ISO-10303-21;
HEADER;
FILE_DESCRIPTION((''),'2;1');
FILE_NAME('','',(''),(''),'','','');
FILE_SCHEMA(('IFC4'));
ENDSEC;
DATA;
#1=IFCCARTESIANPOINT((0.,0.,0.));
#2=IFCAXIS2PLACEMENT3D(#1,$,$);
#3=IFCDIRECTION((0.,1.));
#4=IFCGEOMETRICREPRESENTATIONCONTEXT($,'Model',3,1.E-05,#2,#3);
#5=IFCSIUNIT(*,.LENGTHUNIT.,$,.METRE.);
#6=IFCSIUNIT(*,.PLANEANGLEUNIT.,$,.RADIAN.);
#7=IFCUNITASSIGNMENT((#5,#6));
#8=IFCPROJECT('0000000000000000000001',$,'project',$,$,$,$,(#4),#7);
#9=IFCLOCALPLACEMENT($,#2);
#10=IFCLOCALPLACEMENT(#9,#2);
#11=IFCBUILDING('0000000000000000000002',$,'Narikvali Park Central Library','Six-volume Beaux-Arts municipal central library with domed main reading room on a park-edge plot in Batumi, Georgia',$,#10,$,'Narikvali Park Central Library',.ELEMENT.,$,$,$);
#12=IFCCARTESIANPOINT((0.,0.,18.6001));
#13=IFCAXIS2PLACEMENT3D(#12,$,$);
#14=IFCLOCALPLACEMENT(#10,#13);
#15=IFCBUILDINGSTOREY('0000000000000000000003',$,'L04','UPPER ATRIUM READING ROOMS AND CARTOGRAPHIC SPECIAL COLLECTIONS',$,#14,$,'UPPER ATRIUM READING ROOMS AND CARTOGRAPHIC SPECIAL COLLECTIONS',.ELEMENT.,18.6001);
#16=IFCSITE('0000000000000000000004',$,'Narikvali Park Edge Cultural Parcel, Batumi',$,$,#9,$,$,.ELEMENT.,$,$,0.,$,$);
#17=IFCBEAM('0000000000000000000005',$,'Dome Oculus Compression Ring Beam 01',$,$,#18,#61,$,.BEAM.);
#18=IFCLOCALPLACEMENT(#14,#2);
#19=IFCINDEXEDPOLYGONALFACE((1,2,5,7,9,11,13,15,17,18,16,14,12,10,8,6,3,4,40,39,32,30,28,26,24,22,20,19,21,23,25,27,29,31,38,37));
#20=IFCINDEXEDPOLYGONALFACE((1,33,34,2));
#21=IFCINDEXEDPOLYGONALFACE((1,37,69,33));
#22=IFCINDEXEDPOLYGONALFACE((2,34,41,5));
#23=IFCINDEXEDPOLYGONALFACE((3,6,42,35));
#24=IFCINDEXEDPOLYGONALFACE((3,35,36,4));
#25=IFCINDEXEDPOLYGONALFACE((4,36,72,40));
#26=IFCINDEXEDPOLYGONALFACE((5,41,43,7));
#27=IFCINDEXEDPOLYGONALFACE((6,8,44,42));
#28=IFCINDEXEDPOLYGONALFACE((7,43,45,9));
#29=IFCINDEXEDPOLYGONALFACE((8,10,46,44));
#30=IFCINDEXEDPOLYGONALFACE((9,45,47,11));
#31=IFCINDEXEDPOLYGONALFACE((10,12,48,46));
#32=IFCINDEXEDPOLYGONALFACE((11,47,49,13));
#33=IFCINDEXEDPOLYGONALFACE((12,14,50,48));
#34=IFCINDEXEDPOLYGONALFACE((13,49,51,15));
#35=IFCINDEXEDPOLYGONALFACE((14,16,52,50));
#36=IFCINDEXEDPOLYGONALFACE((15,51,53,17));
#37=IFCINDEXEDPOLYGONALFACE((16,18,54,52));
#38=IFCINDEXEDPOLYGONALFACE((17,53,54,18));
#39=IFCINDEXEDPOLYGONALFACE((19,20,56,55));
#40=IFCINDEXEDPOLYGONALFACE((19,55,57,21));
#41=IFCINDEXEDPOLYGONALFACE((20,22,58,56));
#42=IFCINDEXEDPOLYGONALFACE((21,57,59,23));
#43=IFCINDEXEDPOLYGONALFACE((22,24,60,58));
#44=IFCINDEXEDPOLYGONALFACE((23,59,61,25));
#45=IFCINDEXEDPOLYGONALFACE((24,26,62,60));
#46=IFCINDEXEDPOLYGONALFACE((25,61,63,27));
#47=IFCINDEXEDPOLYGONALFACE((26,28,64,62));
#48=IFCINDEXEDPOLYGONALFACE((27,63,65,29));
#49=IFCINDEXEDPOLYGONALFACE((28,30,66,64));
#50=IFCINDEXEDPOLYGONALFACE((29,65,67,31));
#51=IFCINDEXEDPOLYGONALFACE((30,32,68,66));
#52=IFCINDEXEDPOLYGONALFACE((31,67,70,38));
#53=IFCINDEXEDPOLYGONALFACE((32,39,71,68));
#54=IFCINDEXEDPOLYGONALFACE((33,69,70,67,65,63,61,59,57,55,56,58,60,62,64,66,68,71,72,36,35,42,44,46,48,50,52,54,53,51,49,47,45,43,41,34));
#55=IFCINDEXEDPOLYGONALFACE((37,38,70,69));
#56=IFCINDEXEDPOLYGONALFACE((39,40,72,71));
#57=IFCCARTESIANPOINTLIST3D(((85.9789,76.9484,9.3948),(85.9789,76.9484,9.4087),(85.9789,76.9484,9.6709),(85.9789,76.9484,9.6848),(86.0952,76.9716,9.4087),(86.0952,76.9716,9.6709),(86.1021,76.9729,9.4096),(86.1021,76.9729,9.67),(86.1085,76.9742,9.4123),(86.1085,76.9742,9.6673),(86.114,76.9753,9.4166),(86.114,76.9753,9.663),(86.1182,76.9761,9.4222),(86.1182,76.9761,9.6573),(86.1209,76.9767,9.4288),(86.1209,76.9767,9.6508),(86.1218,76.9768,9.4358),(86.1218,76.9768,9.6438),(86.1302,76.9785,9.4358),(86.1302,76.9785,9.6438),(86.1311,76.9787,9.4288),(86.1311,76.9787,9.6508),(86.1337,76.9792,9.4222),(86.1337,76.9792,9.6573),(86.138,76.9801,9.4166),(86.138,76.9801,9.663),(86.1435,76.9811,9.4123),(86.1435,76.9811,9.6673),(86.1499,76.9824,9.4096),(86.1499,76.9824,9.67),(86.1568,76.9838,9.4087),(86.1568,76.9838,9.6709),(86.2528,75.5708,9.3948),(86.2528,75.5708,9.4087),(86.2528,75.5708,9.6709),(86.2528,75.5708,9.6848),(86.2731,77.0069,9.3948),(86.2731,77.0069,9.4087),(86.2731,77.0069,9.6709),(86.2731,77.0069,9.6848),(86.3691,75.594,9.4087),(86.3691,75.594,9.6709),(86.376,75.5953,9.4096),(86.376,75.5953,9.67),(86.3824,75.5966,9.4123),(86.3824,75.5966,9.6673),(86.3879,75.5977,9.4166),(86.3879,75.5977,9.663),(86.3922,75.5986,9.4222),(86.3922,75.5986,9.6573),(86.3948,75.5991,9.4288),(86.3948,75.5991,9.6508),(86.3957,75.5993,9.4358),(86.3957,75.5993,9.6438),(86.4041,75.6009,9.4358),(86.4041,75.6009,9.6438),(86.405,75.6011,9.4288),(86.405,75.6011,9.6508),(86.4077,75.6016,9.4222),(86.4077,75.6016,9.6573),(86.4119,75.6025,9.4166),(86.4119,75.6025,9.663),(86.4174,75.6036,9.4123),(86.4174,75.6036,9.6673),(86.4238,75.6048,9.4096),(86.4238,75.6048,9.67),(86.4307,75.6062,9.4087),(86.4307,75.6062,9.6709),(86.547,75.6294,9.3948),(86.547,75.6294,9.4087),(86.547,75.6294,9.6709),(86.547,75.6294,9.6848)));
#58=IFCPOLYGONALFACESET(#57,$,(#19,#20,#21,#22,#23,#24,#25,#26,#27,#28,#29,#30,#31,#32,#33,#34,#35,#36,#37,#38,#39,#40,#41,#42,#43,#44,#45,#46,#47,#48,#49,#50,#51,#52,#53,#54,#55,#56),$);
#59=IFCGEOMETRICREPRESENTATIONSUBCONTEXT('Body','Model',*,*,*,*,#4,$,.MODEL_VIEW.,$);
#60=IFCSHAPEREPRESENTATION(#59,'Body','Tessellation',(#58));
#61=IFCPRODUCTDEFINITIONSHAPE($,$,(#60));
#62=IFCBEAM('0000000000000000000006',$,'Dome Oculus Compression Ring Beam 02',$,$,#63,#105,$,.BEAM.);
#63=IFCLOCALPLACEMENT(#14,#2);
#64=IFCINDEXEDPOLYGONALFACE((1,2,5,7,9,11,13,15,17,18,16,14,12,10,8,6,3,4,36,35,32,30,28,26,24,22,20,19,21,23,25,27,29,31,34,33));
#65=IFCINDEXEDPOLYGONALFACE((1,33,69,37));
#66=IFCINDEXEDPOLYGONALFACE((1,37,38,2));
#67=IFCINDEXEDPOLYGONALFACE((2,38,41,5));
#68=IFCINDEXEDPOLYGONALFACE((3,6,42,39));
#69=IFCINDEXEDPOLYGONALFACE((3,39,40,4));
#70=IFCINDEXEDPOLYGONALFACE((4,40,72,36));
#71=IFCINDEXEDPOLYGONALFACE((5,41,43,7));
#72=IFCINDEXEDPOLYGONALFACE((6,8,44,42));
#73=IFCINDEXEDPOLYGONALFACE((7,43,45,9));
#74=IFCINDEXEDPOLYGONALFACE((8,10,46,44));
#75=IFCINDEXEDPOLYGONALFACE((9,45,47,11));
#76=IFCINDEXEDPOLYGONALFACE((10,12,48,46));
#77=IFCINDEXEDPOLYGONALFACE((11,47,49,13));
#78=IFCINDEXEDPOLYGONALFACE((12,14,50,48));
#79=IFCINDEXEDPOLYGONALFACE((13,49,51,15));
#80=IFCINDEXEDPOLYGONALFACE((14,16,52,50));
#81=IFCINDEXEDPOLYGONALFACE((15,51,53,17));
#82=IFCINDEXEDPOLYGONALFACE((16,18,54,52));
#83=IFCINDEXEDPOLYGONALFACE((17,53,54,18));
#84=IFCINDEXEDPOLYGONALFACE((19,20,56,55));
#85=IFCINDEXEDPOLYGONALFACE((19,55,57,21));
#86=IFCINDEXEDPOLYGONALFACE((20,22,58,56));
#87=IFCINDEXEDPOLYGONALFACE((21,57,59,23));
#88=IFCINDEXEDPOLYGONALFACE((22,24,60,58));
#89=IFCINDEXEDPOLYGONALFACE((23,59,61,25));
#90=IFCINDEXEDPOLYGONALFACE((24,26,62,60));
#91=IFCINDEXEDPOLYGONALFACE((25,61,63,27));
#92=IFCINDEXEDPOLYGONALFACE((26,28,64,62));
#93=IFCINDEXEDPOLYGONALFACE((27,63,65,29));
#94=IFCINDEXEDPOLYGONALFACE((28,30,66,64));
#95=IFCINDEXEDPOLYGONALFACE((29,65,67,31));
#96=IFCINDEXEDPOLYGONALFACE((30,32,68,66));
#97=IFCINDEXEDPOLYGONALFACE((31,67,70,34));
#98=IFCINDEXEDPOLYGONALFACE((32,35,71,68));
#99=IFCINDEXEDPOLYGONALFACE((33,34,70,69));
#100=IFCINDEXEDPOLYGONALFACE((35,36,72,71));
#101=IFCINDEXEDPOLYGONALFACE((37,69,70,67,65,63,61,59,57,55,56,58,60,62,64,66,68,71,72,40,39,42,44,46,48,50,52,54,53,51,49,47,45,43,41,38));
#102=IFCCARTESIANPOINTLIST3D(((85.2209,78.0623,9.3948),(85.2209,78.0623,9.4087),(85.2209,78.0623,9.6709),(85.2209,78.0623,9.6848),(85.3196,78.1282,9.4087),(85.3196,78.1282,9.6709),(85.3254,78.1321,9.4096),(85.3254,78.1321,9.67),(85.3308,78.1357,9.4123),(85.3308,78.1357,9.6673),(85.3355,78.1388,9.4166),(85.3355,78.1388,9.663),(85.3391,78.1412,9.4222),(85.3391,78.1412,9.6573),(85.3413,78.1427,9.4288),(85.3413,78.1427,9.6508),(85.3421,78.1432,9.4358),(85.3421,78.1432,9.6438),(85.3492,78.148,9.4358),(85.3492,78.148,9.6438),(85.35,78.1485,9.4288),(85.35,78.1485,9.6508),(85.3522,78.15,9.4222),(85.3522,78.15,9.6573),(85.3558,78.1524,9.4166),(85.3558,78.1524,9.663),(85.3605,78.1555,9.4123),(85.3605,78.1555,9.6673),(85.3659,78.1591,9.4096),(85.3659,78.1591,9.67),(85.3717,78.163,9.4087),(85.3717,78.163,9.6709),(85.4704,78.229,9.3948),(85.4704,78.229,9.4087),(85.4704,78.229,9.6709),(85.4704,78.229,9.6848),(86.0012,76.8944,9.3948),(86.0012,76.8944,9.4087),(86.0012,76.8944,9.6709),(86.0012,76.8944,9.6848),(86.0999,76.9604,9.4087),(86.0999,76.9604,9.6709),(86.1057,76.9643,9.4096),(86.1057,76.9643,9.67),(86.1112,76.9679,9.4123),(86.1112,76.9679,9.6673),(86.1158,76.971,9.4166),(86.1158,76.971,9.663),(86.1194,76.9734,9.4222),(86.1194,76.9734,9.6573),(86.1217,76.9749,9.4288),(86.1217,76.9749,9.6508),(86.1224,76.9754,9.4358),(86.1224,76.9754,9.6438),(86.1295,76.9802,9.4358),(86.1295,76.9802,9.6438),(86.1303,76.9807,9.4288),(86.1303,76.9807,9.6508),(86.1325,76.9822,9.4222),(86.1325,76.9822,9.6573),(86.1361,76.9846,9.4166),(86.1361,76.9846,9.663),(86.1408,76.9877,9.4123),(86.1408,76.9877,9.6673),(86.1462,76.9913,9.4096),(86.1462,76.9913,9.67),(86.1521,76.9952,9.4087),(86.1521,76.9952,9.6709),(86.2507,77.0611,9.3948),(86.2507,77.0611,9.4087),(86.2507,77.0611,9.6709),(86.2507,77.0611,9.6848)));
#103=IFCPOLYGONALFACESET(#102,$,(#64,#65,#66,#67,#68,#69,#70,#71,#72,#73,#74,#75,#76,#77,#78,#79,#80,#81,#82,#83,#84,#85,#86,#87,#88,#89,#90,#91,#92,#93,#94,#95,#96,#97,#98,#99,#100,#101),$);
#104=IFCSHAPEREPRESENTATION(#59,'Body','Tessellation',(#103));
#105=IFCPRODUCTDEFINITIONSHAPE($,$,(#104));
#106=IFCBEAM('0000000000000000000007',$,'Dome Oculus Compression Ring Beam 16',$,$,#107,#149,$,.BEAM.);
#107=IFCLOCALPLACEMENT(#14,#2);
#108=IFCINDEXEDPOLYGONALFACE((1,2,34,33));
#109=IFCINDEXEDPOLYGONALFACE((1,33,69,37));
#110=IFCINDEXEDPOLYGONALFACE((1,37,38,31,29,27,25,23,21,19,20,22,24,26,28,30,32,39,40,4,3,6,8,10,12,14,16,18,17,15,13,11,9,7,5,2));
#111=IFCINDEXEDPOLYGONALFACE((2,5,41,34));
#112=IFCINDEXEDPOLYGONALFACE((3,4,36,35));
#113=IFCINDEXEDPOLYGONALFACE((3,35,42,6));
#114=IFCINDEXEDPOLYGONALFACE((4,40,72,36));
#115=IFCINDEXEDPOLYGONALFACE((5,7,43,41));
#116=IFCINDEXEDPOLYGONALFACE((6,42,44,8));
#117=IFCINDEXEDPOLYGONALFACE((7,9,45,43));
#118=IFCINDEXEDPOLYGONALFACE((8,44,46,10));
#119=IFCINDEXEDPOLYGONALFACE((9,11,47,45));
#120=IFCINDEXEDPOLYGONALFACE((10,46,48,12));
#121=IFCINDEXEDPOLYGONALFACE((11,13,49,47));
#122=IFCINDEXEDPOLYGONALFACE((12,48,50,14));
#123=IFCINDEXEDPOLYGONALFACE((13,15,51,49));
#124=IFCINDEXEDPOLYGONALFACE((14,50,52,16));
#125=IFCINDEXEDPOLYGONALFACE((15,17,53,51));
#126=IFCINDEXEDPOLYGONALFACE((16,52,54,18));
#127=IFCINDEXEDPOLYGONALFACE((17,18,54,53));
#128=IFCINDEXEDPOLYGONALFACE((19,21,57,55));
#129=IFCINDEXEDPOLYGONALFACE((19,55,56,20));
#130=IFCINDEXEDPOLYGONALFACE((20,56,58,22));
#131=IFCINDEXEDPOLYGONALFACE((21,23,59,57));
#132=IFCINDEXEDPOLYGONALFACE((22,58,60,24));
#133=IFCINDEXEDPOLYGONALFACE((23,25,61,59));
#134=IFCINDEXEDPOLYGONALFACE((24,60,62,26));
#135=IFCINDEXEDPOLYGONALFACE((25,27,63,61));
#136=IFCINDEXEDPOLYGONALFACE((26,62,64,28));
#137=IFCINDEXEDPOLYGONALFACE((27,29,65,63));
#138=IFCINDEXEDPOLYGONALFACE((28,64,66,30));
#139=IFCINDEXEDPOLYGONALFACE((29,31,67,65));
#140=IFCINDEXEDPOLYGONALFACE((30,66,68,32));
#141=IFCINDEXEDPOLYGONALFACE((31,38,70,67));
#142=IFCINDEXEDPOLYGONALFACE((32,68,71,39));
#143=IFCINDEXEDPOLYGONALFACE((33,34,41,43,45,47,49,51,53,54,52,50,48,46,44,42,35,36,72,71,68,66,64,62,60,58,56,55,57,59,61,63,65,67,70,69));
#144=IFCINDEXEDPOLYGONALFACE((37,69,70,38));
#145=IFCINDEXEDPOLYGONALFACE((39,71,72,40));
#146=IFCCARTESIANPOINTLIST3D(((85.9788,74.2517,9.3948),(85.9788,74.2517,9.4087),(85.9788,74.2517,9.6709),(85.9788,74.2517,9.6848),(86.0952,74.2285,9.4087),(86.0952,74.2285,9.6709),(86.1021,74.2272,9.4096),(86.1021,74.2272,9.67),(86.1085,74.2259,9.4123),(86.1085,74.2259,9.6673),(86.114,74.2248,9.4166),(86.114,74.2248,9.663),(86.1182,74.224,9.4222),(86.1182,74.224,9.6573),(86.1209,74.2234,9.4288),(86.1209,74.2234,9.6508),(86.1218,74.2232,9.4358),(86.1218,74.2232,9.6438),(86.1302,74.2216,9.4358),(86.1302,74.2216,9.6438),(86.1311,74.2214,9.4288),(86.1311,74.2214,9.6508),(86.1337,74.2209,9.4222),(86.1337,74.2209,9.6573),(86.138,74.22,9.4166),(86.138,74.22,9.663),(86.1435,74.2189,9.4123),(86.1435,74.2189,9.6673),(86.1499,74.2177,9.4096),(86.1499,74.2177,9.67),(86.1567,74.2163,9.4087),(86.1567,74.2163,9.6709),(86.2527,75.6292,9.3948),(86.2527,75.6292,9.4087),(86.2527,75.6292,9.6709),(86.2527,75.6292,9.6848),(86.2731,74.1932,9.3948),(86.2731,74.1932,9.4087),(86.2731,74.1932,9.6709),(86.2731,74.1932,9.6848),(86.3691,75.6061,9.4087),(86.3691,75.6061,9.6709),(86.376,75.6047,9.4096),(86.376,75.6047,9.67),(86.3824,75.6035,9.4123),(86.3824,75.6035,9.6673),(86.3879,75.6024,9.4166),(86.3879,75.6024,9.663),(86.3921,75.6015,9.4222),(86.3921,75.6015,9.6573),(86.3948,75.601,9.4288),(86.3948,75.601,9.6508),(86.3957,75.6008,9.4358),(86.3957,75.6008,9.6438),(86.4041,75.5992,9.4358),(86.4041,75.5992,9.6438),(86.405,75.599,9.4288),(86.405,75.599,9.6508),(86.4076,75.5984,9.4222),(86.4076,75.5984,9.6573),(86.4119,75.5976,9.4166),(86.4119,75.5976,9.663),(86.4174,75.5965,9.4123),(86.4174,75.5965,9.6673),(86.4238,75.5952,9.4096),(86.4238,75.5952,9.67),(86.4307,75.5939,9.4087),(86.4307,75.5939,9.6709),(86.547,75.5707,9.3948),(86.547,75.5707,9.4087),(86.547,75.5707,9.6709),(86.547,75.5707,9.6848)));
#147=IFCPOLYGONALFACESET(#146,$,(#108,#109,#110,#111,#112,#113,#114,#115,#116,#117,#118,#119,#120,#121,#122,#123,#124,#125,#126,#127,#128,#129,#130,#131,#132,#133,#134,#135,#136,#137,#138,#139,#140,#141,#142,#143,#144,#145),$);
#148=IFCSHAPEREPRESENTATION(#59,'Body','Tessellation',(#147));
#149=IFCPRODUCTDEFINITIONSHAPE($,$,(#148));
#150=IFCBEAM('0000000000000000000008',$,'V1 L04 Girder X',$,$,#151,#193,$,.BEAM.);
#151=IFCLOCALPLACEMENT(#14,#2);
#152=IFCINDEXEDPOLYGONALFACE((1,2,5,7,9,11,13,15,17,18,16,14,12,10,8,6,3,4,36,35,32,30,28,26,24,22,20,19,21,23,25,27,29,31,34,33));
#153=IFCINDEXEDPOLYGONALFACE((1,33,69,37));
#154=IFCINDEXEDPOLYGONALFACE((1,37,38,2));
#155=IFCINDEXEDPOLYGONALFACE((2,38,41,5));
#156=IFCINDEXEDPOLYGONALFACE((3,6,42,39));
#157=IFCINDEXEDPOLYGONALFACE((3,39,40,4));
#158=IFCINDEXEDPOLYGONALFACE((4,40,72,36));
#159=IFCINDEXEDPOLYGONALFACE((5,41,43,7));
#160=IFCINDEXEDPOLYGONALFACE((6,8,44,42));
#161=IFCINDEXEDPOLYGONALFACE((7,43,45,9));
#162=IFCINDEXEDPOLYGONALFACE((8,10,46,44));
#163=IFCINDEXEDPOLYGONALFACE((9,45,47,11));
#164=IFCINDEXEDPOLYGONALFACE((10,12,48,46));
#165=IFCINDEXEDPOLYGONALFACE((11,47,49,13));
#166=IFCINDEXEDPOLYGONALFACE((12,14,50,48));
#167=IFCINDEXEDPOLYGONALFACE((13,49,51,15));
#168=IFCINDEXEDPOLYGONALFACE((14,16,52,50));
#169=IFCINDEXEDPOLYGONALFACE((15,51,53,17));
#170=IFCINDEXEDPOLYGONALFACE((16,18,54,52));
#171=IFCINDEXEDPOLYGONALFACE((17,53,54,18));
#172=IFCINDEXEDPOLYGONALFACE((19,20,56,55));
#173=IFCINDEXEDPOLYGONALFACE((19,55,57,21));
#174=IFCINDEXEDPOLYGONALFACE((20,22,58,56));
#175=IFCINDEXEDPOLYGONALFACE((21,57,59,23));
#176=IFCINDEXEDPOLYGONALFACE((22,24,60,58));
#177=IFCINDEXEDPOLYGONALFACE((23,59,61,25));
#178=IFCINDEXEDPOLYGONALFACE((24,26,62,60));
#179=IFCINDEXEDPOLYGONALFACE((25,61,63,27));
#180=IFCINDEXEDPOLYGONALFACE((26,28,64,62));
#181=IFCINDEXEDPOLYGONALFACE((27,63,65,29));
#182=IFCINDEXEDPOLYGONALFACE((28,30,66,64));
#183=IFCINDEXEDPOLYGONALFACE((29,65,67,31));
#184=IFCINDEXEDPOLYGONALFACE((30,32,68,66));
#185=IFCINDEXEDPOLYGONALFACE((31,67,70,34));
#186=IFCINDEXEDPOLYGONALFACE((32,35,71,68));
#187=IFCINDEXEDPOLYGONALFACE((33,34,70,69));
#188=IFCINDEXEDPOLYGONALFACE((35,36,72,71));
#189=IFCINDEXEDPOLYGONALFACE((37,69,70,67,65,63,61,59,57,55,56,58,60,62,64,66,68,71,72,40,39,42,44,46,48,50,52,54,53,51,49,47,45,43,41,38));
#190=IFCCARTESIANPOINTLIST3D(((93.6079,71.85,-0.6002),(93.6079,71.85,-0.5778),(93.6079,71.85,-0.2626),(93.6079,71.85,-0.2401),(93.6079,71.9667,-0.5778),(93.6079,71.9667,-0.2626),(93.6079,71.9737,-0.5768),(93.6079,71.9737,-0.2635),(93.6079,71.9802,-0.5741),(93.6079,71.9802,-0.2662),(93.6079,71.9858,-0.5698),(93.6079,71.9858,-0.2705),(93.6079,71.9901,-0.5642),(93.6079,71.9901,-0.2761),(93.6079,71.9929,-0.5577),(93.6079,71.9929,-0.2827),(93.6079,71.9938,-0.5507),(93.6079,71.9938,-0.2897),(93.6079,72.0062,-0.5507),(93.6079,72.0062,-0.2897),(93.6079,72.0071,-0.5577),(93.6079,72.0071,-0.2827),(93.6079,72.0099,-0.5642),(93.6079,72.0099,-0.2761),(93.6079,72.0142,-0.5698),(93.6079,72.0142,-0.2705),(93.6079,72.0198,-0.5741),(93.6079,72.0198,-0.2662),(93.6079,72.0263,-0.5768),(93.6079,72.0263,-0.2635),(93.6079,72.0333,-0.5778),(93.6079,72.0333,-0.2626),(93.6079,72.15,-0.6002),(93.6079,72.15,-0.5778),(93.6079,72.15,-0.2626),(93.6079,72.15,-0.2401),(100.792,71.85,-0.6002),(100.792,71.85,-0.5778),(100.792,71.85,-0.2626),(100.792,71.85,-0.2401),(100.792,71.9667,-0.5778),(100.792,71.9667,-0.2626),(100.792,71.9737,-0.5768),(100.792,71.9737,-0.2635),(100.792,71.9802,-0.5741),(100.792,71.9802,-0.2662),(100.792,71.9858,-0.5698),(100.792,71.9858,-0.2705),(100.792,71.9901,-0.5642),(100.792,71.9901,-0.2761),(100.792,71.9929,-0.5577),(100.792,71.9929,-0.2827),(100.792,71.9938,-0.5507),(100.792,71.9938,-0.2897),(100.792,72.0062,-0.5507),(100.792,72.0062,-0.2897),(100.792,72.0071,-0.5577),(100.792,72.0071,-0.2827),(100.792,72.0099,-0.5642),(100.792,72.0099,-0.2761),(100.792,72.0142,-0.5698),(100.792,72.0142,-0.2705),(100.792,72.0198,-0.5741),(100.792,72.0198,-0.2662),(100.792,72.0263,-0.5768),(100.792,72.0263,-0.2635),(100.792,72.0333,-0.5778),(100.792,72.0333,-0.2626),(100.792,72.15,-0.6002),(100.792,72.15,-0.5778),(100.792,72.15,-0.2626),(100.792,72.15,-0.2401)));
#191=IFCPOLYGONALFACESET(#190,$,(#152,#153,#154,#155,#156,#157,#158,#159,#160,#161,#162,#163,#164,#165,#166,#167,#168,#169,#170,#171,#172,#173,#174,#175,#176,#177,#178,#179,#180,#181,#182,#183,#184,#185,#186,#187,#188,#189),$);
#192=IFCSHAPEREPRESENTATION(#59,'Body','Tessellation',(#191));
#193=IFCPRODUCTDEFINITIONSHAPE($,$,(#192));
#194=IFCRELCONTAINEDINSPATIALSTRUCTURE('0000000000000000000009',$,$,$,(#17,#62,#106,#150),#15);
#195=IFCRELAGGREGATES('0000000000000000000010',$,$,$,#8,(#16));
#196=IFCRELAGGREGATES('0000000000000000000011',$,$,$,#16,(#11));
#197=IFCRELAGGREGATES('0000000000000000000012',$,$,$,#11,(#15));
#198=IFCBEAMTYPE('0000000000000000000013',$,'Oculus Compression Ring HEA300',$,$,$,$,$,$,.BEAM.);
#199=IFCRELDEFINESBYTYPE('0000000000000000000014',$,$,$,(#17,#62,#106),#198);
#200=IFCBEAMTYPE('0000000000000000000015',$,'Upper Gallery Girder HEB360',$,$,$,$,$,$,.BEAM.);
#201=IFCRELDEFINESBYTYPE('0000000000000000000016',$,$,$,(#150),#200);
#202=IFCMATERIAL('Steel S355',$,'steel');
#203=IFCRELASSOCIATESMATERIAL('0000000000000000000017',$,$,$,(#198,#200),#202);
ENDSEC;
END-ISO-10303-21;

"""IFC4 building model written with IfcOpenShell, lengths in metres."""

from ifc_helpers import new_model, si_unit, direction, frame, origin, origin_2d, place, context, subcontext, project, spatial, i_section, extrude, material, material_profile, profile_set, type_object, element, save


model = new_model("IFC4")

# Units and contexts
model_context = context("Model", 3, precision=1e-05, world=origin(), true_north=direction((0.0, 1.0)))
body_context = subcontext(model_context, "Body", "Model", "MODEL_VIEW")
ifc_project = project(units=[si_unit("LENGTHUNIT", "METRE"), si_unit("PLANEANGLEUNIT", "RADIAN")], contexts=[model_context])

# Site, building, storey
site_placement = place(None, origin())
site = spatial("IfcSite", under=ifc_project, at=site_placement, Name="Narikvali Park Edge Cultural Parcel, Batumi", CompositionType="ELEMENT", RefElevation=0.0)
building_placement = place(site_placement, origin())
building = spatial("IfcBuilding", under=site, at=building_placement, Name="Narikvali Park Central Library", Description="Six-volume Beaux-Arts municipal central library with domed main reading room on a park-edge plot in Batumi, Georgia", LongName="Narikvali Park Central Library", CompositionType="ELEMENT")
storey_placement = place(building_placement, frame((0.0, 0.0, 18.6001)))
storey = spatial("IfcBuildingStorey", under=building, at=storey_placement, Name="L04", Description="UPPER ATRIUM READING ROOMS AND CARTOGRAPHIC SPECIAL COLLECTIONS", LongName="UPPER ATRIUM READING ROOMS AND CARTOGRAPHIC SPECIAL COLLECTIONS", CompositionType="ELEMENT", Elevation=18.6001)

# Shared definitions
ifc_material_1 = material(Name="Steel S355", Category="steel")

# Beams
ifc_material_profile_1 = material_profile(ifc_material_1, i_section(OverallWidth=0.3, OverallDepth=0.29, WebThickness=0.0085, FlangeThickness=0.0139, FilletRadius=0.0271, at=origin_2d()), Name="HEA 300")
ifc_profile_set_1 = profile_set([ifc_material_profile_1], Name="Steel S355")
beam_type_1 = type_object("IfcBeamType", Name="Oculus Compression Ring HEA300", PredefinedType="BEAM", material=ifc_profile_set_1)
for number, where, z_axis, x_axis, name in (
    (1, (86.3999, 75.6001, 9.5398), (-0.195013, 0.980801, 0.0), (-0.980801, -0.195013, 0.0), "Dome Oculus Compression Ring Beam 01"),
    (2, (86.126, 76.9778, 9.5398), (-0.555582, 0.831461, 0.0), (-0.831461, -0.555582, 0.0), "Dome Oculus Compression Ring Beam 02"),
    (3, (86.126, 74.2224, 9.5398), (0.195013, 0.980801, 0.0), (-0.980801, 0.195013, 0.0), "Dome Oculus Compression Ring Beam 16"),
):
    element("IfcBeam", number, at=place(storey_placement, frame(where, z_axis=z_axis, x_axis=x_axis)), inside=storey, type_object=beam_type_1, Name=name, PredefinedType="BEAM", context=body_context, shape_type="SweptSolid", body=[
        extrude(i_section(OverallWidth=0.3, OverallDepth=0.29, WebThickness=0.0085, FlangeThickness=0.0139, FilletRadius=0.0271, at=origin_2d()), origin(), (0.0, 0.0, 1.0), 1.4045),
    ])
ifc_material_profile_2 = material_profile(ifc_material_1, i_section(OverallWidth=0.3, OverallDepth=0.3601, WebThickness=0.0125, FlangeThickness=0.0225, FilletRadius=0.0271, at=origin_2d()), Name="HEB 360")
ifc_profile_set_2 = profile_set([ifc_material_profile_2], Name="Steel S355")
beam_type_2 = type_object("IfcBeamType", Name="Upper Gallery Girder HEB360", PredefinedType="BEAM", material=ifc_profile_set_2)
beam_placement = place(storey_placement, frame((93.6079, 72.0, -0.4202), z_axis=(1.0, 0.0, 0.0), x_axis=(0.0, 1.0, 0.0)))
element("IfcBeam", 4, at=beam_placement, inside=storey, type_object=beam_type_2, Name="V1 L04 Girder X", PredefinedType="BEAM", context=body_context, shape_type="SweptSolid", body=[
    extrude(i_section(OverallWidth=0.3, OverallDepth=0.3601, WebThickness=0.0125, FlangeThickness=0.0225, FilletRadius=0.0271, at=origin_2d()), origin(), (0.0, 0.0, 1.0), 7.1841),
])

save(model, "model.ifc")
